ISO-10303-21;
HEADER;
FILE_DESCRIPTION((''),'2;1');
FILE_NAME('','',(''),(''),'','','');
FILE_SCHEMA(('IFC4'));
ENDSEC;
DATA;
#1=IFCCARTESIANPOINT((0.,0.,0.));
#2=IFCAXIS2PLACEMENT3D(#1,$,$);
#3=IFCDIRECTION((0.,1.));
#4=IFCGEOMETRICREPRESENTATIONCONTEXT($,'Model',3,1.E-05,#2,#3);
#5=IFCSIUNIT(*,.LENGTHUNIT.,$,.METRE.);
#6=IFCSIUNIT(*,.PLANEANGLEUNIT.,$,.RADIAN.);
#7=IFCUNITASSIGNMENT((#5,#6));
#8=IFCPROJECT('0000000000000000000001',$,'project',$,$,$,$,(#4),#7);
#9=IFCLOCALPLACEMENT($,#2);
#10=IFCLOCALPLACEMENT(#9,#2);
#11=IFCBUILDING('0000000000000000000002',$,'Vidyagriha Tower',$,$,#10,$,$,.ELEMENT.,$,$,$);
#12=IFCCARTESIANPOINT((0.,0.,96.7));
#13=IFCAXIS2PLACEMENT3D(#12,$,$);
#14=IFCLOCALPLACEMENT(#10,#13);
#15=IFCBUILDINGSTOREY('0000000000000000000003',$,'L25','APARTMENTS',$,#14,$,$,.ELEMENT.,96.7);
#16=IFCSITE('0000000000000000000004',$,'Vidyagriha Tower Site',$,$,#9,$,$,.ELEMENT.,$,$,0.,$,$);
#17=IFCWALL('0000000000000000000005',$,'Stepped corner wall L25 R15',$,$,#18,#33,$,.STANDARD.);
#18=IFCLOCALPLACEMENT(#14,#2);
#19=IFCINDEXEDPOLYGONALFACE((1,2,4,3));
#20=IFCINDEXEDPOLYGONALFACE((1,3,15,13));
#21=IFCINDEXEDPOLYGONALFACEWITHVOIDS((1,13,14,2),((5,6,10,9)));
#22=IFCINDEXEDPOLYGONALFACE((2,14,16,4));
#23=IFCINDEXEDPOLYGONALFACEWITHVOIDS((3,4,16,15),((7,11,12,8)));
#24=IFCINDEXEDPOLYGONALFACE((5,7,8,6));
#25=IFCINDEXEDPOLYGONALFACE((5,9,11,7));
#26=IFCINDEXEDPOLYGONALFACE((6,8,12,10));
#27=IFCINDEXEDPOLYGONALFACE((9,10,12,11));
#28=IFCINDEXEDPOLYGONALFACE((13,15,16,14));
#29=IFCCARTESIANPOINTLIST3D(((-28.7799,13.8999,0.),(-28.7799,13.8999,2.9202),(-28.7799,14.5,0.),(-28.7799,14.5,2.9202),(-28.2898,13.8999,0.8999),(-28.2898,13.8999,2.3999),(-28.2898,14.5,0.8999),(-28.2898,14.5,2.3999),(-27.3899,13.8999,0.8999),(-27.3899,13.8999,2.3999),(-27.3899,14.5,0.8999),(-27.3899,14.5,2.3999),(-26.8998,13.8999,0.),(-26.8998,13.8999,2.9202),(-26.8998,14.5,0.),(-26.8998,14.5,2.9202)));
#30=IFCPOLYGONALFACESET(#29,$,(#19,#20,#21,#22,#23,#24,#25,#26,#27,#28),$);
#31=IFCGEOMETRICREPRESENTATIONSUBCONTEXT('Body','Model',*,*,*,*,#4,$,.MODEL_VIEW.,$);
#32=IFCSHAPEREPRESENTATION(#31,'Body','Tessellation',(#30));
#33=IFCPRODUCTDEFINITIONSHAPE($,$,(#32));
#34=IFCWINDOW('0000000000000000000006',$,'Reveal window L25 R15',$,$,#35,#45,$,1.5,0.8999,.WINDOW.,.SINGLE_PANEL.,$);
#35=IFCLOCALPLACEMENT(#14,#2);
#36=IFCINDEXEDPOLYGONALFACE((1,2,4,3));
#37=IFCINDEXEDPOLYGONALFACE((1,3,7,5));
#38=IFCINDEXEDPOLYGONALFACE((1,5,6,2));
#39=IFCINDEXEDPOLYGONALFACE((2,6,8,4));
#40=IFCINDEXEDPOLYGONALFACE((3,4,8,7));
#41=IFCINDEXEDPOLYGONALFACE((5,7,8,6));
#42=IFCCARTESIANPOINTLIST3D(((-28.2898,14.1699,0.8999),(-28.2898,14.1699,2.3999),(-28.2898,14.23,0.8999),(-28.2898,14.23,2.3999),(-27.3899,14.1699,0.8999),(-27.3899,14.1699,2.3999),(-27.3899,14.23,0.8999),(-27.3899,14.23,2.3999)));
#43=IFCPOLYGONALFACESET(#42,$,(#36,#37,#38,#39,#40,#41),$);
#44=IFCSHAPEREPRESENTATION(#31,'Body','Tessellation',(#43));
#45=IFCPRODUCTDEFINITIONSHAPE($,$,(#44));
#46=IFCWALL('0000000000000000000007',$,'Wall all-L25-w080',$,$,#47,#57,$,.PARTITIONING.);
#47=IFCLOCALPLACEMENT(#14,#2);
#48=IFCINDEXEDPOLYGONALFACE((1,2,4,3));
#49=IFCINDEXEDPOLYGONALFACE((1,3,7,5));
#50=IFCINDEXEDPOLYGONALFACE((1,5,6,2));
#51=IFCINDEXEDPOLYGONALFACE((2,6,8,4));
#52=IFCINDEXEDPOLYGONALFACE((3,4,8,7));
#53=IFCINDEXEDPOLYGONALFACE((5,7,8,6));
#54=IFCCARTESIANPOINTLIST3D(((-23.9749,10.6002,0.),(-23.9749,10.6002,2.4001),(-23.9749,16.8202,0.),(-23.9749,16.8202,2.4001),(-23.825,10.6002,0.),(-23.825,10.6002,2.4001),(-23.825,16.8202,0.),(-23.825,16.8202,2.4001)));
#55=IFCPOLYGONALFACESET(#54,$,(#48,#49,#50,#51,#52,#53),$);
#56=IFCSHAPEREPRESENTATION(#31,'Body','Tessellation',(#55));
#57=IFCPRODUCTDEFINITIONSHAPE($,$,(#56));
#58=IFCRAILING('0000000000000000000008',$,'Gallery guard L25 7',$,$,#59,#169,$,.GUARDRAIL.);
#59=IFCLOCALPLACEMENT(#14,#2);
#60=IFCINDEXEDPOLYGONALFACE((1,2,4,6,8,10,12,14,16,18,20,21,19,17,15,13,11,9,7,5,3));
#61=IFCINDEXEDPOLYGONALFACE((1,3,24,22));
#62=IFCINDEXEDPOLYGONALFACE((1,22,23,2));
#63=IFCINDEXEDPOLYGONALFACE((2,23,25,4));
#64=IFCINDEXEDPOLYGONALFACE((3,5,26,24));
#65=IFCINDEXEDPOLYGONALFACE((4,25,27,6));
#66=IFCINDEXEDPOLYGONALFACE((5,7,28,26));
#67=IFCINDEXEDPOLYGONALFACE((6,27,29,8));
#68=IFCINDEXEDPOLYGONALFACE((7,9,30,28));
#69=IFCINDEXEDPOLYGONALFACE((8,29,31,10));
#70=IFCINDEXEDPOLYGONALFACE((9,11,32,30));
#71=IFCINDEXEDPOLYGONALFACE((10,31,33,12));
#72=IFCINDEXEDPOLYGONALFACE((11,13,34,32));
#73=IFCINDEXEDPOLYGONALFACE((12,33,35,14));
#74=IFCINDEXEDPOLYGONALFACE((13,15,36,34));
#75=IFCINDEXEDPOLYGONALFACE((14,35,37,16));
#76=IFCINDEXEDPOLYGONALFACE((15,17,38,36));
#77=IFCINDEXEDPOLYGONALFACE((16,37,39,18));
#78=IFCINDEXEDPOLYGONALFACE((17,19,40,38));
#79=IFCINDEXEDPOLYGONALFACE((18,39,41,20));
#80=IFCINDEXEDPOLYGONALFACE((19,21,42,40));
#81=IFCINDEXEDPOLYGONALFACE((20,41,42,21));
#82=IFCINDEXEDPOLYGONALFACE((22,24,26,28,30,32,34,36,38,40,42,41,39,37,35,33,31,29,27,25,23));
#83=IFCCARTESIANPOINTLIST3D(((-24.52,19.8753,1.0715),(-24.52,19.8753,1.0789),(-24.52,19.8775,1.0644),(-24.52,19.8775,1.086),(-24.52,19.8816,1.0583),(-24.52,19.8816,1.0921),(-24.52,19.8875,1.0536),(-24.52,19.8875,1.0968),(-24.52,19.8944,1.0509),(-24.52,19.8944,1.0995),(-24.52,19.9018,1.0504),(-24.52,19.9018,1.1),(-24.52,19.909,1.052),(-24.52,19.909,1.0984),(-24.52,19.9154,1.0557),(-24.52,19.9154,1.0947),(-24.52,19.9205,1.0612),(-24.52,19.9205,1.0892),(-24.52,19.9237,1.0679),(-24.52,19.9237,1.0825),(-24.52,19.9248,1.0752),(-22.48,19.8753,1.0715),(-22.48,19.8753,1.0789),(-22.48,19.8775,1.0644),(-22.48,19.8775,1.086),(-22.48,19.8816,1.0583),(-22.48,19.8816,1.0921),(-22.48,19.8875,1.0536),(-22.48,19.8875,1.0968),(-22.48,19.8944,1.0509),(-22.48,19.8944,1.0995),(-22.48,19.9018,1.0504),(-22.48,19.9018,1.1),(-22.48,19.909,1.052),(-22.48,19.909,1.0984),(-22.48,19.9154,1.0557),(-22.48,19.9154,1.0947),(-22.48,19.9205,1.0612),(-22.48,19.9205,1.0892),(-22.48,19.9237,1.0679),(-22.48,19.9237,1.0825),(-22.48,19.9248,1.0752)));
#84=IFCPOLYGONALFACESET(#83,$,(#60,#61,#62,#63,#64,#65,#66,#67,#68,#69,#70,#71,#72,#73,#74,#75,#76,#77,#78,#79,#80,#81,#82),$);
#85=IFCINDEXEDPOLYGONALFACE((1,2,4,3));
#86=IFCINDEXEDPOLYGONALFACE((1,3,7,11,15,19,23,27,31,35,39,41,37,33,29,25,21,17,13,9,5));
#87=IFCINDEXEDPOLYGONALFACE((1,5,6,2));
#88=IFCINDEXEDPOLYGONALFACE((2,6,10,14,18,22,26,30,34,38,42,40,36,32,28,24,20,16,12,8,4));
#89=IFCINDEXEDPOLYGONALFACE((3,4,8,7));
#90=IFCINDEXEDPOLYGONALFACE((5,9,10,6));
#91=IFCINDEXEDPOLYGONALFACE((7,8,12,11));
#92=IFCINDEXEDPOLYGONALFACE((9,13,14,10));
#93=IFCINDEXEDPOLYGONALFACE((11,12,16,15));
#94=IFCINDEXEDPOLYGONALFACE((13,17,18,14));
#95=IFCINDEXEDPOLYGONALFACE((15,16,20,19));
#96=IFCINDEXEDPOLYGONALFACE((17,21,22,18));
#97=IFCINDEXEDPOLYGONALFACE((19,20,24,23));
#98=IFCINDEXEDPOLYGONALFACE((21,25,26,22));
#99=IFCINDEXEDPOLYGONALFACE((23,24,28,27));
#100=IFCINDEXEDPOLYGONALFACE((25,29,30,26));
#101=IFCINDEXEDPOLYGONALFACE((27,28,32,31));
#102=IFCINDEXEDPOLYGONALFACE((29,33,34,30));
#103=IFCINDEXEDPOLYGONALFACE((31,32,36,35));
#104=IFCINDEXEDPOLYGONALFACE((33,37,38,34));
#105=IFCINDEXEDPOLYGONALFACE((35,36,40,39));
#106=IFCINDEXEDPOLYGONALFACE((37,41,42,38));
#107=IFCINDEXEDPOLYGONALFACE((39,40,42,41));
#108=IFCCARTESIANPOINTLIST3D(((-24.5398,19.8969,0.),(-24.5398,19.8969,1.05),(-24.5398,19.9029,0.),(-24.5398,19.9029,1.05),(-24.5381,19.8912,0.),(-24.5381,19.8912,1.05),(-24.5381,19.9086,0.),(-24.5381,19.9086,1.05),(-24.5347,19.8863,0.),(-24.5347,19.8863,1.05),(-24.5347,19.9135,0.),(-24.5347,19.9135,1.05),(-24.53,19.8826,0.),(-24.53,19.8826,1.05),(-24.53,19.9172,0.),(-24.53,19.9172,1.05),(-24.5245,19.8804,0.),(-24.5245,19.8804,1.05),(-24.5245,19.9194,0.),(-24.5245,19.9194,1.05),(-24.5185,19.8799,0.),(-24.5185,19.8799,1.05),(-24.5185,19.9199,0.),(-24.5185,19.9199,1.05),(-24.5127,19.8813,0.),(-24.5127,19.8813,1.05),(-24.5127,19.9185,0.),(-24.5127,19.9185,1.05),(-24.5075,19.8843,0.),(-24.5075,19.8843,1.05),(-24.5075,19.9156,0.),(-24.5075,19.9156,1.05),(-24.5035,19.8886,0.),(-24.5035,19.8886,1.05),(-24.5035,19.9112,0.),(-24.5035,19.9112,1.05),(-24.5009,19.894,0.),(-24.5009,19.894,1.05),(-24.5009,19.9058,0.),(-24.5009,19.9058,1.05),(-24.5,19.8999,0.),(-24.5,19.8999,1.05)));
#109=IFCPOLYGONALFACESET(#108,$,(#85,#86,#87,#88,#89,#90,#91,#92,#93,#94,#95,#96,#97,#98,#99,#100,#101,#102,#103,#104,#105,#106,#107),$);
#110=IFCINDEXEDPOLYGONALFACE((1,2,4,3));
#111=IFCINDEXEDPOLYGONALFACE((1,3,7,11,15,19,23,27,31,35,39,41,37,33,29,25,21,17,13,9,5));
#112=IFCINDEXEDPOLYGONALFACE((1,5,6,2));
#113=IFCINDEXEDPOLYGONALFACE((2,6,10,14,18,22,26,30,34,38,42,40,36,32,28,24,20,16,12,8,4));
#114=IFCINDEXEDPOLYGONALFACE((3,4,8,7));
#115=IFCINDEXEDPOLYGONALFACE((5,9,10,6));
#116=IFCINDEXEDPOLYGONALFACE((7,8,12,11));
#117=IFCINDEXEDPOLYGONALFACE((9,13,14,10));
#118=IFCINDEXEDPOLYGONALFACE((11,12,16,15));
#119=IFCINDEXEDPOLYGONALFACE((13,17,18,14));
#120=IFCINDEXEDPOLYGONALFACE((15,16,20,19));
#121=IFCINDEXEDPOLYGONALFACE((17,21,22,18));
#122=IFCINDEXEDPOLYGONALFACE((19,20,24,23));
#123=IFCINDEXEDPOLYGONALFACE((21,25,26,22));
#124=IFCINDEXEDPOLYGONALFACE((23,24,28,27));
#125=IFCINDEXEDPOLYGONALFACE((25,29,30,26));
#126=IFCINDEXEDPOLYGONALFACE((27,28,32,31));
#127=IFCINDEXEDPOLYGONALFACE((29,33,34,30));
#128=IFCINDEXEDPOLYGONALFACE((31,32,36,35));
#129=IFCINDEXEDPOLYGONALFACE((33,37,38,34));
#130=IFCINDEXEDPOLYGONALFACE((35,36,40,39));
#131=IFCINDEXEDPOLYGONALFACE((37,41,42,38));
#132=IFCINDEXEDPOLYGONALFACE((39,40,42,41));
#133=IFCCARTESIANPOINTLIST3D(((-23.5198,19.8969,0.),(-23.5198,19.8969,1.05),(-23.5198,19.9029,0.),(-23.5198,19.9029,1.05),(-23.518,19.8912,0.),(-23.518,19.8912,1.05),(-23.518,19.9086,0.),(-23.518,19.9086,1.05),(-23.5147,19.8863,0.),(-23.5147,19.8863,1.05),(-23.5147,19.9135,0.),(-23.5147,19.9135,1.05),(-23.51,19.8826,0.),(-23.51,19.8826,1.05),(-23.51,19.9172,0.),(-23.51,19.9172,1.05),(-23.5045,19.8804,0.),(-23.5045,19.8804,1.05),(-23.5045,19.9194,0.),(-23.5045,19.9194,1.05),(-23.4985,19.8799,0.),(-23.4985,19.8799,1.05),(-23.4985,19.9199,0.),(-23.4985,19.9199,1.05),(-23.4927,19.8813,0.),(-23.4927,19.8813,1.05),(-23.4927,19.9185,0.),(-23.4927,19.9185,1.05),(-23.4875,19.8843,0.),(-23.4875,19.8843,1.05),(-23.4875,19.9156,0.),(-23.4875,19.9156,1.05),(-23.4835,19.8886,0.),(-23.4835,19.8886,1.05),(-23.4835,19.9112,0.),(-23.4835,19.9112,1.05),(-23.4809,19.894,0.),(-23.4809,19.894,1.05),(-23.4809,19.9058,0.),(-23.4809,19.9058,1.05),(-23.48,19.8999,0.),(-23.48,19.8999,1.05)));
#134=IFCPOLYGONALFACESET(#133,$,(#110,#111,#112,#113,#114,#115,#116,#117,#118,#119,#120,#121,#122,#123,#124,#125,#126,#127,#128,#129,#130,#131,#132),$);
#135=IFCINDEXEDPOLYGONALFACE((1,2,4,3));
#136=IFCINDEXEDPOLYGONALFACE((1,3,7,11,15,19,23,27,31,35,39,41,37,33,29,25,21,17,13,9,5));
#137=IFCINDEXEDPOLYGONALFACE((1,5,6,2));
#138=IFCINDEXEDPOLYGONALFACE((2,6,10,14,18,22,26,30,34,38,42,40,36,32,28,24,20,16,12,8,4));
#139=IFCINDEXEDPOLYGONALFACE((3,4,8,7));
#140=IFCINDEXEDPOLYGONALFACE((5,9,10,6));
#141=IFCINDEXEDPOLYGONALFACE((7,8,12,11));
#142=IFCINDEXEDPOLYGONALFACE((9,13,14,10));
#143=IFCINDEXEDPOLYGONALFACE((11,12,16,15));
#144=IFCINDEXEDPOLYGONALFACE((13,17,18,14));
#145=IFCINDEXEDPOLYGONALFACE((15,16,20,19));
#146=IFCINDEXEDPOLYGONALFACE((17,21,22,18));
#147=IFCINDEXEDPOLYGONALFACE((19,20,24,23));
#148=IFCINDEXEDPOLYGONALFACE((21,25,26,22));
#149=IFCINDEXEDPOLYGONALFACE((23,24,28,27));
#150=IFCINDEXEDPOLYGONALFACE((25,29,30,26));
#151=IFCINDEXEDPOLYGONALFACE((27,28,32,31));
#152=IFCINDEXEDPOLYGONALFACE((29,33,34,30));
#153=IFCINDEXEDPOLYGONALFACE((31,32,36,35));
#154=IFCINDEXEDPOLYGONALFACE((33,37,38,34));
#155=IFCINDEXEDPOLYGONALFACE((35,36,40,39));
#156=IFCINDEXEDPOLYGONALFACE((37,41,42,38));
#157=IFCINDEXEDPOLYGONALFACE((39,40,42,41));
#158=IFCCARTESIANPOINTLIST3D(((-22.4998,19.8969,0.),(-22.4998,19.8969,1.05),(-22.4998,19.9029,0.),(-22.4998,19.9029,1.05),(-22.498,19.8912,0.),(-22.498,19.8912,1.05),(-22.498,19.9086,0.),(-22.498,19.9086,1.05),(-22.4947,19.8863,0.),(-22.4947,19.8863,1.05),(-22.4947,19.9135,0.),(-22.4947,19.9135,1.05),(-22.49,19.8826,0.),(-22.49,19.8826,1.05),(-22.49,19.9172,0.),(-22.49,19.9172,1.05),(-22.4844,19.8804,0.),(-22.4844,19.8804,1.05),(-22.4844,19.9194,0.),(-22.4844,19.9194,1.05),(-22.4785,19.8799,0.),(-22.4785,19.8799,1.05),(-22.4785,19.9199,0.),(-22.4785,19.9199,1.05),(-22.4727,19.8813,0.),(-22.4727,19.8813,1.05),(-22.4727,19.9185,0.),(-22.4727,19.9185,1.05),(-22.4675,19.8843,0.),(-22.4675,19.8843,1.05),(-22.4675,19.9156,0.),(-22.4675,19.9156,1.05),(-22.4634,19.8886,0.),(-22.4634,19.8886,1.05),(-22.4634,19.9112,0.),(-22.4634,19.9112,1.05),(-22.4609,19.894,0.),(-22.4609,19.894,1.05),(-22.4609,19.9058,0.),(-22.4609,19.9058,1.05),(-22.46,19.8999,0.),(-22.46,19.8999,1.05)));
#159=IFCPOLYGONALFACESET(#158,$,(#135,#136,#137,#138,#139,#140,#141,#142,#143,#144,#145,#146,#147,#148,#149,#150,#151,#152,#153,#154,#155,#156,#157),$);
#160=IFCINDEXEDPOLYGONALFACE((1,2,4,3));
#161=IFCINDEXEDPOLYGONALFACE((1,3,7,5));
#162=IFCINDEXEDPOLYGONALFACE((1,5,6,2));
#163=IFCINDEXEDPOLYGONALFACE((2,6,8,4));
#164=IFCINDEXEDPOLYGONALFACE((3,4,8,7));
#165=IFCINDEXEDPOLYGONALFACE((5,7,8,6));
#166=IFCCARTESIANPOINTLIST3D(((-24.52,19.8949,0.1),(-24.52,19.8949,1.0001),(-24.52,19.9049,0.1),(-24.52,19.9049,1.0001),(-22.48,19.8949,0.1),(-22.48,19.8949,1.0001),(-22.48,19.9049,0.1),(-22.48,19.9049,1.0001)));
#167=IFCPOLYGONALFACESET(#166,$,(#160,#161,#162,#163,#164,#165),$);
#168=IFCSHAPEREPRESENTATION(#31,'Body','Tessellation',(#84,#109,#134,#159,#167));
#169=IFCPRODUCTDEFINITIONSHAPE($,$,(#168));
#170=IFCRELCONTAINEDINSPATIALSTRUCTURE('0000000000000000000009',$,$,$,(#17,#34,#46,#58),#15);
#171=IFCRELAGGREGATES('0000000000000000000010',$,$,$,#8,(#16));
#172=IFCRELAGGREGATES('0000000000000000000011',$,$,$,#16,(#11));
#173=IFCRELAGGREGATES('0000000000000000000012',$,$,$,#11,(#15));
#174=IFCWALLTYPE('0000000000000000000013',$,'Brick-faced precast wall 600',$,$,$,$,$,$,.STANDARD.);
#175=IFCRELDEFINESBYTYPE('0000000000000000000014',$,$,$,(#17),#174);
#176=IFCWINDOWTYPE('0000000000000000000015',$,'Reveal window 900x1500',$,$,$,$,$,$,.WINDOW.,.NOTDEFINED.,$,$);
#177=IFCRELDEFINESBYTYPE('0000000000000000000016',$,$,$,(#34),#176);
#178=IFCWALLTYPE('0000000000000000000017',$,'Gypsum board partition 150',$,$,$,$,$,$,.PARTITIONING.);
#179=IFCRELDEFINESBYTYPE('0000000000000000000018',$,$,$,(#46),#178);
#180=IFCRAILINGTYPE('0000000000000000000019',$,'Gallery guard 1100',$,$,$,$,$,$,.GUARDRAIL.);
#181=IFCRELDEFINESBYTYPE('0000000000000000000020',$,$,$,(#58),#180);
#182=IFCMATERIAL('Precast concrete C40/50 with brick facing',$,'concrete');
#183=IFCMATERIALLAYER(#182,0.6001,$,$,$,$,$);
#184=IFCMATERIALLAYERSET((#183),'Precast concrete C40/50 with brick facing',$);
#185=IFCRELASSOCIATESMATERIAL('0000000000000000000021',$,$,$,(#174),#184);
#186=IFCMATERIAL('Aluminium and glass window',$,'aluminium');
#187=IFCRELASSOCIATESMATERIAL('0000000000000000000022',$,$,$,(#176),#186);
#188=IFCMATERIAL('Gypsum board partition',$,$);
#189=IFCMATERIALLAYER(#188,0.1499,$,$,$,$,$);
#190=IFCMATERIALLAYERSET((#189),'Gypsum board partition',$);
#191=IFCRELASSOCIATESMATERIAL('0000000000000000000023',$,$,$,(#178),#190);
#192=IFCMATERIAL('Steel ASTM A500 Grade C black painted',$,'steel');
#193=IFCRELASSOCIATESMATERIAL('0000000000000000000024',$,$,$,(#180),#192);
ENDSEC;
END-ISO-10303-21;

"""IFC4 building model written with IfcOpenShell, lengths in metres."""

from ifc_helpers import new_model, si_unit, direction, frame, frame_2d, origin, origin_2d, place, context, subcontext, project, spatial, rectangle, circle, extrude, material, layer, layer_set, type_object, element, fill, save


model = new_model("IFC4")

# Units and contexts
model_context = context("Model", 3, precision=1e-05, world=origin(), true_north=direction((0.0, 1.0)))
body_context = subcontext(model_context, "Body", "Model", "MODEL_VIEW")
ifc_project = project(units=[si_unit("LENGTHUNIT", "METRE"), si_unit("PLANEANGLEUNIT", "RADIAN")], contexts=[model_context])

# Site, building, storey
site_placement = place(None, origin())
site = spatial("IfcSite", under=ifc_project, at=site_placement, Name="Vidyagriha Tower Site", CompositionType="ELEMENT", RefElevation=0.0)
building_placement = place(site_placement, origin())
building = spatial("IfcBuilding", under=site, at=building_placement, Name="Vidyagriha Tower", CompositionType="ELEMENT")
storey_placement = place(building_placement, frame((0.0, 0.0, 96.7)))
storey = spatial("IfcBuildingStorey", under=building, at=storey_placement, Name="L25", Description="APARTMENTS", CompositionType="ELEMENT", Elevation=96.7)

# Shared definitions
ifc_material_1 = material(Name="Precast concrete C40/50 with brick facing", Category="concrete")
ifc_layer_1 = layer(ifc_material_1, 0.6001)
ifc_layer_set_1 = layer_set([ifc_layer_1], Name="Precast concrete C40/50 with brick facing")
wall_type_1 = type_object("IfcWallType", Name="Brick-faced precast wall 600", PredefinedType="STANDARD", material=ifc_layer_set_1)

# Shared definitions
ifc_material_2 = material(Name="Aluminium and glass window", Category="aluminium")
window_type = type_object("IfcWindowType", Name="Reveal window 900x1500", PartitioningType="NOTDEFINED", PredefinedType="WINDOW", material=ifc_material_2)

# Wall, opening, window
wall_1_placement = place(storey_placement, frame((-26.8999, 14.2, 0.0), z_axis=(0.0, 0.0, 1.0), x_axis=(-1.0, 0.0, 0.0)))
wall_1 = element("IfcWall", 1, at=wall_1_placement, inside=storey, type_object=wall_type_1, Name="Stepped corner wall L25 R15", PredefinedType="STANDARD", context=body_context, shape_type="SweptSolid", body=[
    extrude(rectangle(XDim=1.8801, YDim=0.6001, at=frame_2d((0.9399, 0.0))), origin(), (0.0, 0.0, 1.0), 2.9202),
])
opening_1_placement = place(wall_1_placement, frame((0.49, 0.0, 0.8999)))
opening_1 = element("IfcOpeningElement", 2, at=opening_1_placement, cuts=wall_1, PredefinedType="OPENING", context=body_context, shape_type="SweptSolid", body=[
    extrude(rectangle(XDim=0.8999, YDim=1.5, at=frame_2d((0.45, 0.75))), frame((0.0, 0.3101, 0.0), z_axis=(0.0, -1.0, 0.0), x_axis=(1.0, 0.0, 0.0)), (0.0, 0.0, 1.0), 0.6201),
])
window_1_placement = place(opening_1_placement, origin())
window_1 = element("IfcWindow", 3, at=window_1_placement, inside=storey, type_object=window_type, Name="Reveal window L25 R15", OverallHeight=1.5, OverallWidth=0.8999, PartitioningType="SINGLE_PANEL", PredefinedType="WINDOW", context=body_context, shape_type="SweptSolid", body=[
    extrude(rectangle(XDim=0.8999, YDim=1.5, at=frame_2d((0.45, 0.75))), frame((0.0, 0.03, 0.0), z_axis=(0.0, -1.0, 0.0), x_axis=(1.0, 0.0, 0.0)), (0.0, 0.0, 1.0), 0.0601),
])
fill(opening_1, window_1)

# Wall
ifc_material_3 = material(Name="Gypsum board partition")
ifc_layer_2 = layer(ifc_material_3, 0.1499)
ifc_layer_set_2 = layer_set([ifc_layer_2], Name="Gypsum board partition")
wall_type_2 = type_object("IfcWallType", Name="Gypsum board partition 150", PredefinedType="PARTITIONING", material=ifc_layer_set_2)
wall_2_placement = place(storey_placement, frame((-23.8999, 16.8201, 0.0), z_axis=(0.0, 0.0, 1.0), x_axis=(0.0, -1.0, 0.0)))
element("IfcWall", 4, at=wall_2_placement, inside=storey, type_object=wall_type_2, Name="Wall all-L25-w080", PredefinedType="PARTITIONING", context=body_context, shape_type="SweptSolid", body=[
    extrude(rectangle(XDim=6.22, YDim=0.1499, at=frame_2d((3.1099, 0.0))), origin(), (0.0, 0.0, 1.0), 2.4001),
])

# Railing
ifc_material_4 = material(Name="Steel ASTM A500 Grade C black painted", Category="steel")
railing_type = type_object("IfcRailingType", Name="Gallery guard 1100", PredefinedType="GUARDRAIL", material=ifc_material_4)
railing_1_placement = place(storey_placement, frame((-24.52, 19.8999, 0.0)))
element("IfcRailing", 5, at=railing_1_placement, inside=storey, type_object=railing_type, Name="Gallery guard L25 7", PredefinedType="GUARDRAIL", context=body_context, shape_type="SweptSolid", body=[
    extrude(circle(Radius=0.0249, at=origin_2d()), frame((0.0, 0.0, 1.0752), z_axis=(1.0, 0.0, 0.0), x_axis=(0.0, 1.0, 0.0)), (0.0, 0.0, 1.0), 2.04),
    extrude(circle(Radius=0.02, at=origin_2d()), origin(), (0.0, 0.0, 1.0), 1.05),
    extrude(circle(Radius=0.02, at=origin_2d()), frame((1.02, 0.0, 0.0)), (0.0, 0.0, 1.0), 1.05),
    extrude(circle(Radius=0.02, at=origin_2d()), frame((2.04, 0.0, 0.0)), (0.0, 0.0, 1.0), 1.05),
    extrude(rectangle(XDim=0.01, YDim=0.9001, at=origin_2d()), frame((0.0, 0.0, 0.55), z_axis=(1.0, 0.0, 0.0), x_axis=(0.0, 1.0, 0.0)), (0.0, 0.0, 1.0), 2.04),
])

save(model, "model.ifc")
